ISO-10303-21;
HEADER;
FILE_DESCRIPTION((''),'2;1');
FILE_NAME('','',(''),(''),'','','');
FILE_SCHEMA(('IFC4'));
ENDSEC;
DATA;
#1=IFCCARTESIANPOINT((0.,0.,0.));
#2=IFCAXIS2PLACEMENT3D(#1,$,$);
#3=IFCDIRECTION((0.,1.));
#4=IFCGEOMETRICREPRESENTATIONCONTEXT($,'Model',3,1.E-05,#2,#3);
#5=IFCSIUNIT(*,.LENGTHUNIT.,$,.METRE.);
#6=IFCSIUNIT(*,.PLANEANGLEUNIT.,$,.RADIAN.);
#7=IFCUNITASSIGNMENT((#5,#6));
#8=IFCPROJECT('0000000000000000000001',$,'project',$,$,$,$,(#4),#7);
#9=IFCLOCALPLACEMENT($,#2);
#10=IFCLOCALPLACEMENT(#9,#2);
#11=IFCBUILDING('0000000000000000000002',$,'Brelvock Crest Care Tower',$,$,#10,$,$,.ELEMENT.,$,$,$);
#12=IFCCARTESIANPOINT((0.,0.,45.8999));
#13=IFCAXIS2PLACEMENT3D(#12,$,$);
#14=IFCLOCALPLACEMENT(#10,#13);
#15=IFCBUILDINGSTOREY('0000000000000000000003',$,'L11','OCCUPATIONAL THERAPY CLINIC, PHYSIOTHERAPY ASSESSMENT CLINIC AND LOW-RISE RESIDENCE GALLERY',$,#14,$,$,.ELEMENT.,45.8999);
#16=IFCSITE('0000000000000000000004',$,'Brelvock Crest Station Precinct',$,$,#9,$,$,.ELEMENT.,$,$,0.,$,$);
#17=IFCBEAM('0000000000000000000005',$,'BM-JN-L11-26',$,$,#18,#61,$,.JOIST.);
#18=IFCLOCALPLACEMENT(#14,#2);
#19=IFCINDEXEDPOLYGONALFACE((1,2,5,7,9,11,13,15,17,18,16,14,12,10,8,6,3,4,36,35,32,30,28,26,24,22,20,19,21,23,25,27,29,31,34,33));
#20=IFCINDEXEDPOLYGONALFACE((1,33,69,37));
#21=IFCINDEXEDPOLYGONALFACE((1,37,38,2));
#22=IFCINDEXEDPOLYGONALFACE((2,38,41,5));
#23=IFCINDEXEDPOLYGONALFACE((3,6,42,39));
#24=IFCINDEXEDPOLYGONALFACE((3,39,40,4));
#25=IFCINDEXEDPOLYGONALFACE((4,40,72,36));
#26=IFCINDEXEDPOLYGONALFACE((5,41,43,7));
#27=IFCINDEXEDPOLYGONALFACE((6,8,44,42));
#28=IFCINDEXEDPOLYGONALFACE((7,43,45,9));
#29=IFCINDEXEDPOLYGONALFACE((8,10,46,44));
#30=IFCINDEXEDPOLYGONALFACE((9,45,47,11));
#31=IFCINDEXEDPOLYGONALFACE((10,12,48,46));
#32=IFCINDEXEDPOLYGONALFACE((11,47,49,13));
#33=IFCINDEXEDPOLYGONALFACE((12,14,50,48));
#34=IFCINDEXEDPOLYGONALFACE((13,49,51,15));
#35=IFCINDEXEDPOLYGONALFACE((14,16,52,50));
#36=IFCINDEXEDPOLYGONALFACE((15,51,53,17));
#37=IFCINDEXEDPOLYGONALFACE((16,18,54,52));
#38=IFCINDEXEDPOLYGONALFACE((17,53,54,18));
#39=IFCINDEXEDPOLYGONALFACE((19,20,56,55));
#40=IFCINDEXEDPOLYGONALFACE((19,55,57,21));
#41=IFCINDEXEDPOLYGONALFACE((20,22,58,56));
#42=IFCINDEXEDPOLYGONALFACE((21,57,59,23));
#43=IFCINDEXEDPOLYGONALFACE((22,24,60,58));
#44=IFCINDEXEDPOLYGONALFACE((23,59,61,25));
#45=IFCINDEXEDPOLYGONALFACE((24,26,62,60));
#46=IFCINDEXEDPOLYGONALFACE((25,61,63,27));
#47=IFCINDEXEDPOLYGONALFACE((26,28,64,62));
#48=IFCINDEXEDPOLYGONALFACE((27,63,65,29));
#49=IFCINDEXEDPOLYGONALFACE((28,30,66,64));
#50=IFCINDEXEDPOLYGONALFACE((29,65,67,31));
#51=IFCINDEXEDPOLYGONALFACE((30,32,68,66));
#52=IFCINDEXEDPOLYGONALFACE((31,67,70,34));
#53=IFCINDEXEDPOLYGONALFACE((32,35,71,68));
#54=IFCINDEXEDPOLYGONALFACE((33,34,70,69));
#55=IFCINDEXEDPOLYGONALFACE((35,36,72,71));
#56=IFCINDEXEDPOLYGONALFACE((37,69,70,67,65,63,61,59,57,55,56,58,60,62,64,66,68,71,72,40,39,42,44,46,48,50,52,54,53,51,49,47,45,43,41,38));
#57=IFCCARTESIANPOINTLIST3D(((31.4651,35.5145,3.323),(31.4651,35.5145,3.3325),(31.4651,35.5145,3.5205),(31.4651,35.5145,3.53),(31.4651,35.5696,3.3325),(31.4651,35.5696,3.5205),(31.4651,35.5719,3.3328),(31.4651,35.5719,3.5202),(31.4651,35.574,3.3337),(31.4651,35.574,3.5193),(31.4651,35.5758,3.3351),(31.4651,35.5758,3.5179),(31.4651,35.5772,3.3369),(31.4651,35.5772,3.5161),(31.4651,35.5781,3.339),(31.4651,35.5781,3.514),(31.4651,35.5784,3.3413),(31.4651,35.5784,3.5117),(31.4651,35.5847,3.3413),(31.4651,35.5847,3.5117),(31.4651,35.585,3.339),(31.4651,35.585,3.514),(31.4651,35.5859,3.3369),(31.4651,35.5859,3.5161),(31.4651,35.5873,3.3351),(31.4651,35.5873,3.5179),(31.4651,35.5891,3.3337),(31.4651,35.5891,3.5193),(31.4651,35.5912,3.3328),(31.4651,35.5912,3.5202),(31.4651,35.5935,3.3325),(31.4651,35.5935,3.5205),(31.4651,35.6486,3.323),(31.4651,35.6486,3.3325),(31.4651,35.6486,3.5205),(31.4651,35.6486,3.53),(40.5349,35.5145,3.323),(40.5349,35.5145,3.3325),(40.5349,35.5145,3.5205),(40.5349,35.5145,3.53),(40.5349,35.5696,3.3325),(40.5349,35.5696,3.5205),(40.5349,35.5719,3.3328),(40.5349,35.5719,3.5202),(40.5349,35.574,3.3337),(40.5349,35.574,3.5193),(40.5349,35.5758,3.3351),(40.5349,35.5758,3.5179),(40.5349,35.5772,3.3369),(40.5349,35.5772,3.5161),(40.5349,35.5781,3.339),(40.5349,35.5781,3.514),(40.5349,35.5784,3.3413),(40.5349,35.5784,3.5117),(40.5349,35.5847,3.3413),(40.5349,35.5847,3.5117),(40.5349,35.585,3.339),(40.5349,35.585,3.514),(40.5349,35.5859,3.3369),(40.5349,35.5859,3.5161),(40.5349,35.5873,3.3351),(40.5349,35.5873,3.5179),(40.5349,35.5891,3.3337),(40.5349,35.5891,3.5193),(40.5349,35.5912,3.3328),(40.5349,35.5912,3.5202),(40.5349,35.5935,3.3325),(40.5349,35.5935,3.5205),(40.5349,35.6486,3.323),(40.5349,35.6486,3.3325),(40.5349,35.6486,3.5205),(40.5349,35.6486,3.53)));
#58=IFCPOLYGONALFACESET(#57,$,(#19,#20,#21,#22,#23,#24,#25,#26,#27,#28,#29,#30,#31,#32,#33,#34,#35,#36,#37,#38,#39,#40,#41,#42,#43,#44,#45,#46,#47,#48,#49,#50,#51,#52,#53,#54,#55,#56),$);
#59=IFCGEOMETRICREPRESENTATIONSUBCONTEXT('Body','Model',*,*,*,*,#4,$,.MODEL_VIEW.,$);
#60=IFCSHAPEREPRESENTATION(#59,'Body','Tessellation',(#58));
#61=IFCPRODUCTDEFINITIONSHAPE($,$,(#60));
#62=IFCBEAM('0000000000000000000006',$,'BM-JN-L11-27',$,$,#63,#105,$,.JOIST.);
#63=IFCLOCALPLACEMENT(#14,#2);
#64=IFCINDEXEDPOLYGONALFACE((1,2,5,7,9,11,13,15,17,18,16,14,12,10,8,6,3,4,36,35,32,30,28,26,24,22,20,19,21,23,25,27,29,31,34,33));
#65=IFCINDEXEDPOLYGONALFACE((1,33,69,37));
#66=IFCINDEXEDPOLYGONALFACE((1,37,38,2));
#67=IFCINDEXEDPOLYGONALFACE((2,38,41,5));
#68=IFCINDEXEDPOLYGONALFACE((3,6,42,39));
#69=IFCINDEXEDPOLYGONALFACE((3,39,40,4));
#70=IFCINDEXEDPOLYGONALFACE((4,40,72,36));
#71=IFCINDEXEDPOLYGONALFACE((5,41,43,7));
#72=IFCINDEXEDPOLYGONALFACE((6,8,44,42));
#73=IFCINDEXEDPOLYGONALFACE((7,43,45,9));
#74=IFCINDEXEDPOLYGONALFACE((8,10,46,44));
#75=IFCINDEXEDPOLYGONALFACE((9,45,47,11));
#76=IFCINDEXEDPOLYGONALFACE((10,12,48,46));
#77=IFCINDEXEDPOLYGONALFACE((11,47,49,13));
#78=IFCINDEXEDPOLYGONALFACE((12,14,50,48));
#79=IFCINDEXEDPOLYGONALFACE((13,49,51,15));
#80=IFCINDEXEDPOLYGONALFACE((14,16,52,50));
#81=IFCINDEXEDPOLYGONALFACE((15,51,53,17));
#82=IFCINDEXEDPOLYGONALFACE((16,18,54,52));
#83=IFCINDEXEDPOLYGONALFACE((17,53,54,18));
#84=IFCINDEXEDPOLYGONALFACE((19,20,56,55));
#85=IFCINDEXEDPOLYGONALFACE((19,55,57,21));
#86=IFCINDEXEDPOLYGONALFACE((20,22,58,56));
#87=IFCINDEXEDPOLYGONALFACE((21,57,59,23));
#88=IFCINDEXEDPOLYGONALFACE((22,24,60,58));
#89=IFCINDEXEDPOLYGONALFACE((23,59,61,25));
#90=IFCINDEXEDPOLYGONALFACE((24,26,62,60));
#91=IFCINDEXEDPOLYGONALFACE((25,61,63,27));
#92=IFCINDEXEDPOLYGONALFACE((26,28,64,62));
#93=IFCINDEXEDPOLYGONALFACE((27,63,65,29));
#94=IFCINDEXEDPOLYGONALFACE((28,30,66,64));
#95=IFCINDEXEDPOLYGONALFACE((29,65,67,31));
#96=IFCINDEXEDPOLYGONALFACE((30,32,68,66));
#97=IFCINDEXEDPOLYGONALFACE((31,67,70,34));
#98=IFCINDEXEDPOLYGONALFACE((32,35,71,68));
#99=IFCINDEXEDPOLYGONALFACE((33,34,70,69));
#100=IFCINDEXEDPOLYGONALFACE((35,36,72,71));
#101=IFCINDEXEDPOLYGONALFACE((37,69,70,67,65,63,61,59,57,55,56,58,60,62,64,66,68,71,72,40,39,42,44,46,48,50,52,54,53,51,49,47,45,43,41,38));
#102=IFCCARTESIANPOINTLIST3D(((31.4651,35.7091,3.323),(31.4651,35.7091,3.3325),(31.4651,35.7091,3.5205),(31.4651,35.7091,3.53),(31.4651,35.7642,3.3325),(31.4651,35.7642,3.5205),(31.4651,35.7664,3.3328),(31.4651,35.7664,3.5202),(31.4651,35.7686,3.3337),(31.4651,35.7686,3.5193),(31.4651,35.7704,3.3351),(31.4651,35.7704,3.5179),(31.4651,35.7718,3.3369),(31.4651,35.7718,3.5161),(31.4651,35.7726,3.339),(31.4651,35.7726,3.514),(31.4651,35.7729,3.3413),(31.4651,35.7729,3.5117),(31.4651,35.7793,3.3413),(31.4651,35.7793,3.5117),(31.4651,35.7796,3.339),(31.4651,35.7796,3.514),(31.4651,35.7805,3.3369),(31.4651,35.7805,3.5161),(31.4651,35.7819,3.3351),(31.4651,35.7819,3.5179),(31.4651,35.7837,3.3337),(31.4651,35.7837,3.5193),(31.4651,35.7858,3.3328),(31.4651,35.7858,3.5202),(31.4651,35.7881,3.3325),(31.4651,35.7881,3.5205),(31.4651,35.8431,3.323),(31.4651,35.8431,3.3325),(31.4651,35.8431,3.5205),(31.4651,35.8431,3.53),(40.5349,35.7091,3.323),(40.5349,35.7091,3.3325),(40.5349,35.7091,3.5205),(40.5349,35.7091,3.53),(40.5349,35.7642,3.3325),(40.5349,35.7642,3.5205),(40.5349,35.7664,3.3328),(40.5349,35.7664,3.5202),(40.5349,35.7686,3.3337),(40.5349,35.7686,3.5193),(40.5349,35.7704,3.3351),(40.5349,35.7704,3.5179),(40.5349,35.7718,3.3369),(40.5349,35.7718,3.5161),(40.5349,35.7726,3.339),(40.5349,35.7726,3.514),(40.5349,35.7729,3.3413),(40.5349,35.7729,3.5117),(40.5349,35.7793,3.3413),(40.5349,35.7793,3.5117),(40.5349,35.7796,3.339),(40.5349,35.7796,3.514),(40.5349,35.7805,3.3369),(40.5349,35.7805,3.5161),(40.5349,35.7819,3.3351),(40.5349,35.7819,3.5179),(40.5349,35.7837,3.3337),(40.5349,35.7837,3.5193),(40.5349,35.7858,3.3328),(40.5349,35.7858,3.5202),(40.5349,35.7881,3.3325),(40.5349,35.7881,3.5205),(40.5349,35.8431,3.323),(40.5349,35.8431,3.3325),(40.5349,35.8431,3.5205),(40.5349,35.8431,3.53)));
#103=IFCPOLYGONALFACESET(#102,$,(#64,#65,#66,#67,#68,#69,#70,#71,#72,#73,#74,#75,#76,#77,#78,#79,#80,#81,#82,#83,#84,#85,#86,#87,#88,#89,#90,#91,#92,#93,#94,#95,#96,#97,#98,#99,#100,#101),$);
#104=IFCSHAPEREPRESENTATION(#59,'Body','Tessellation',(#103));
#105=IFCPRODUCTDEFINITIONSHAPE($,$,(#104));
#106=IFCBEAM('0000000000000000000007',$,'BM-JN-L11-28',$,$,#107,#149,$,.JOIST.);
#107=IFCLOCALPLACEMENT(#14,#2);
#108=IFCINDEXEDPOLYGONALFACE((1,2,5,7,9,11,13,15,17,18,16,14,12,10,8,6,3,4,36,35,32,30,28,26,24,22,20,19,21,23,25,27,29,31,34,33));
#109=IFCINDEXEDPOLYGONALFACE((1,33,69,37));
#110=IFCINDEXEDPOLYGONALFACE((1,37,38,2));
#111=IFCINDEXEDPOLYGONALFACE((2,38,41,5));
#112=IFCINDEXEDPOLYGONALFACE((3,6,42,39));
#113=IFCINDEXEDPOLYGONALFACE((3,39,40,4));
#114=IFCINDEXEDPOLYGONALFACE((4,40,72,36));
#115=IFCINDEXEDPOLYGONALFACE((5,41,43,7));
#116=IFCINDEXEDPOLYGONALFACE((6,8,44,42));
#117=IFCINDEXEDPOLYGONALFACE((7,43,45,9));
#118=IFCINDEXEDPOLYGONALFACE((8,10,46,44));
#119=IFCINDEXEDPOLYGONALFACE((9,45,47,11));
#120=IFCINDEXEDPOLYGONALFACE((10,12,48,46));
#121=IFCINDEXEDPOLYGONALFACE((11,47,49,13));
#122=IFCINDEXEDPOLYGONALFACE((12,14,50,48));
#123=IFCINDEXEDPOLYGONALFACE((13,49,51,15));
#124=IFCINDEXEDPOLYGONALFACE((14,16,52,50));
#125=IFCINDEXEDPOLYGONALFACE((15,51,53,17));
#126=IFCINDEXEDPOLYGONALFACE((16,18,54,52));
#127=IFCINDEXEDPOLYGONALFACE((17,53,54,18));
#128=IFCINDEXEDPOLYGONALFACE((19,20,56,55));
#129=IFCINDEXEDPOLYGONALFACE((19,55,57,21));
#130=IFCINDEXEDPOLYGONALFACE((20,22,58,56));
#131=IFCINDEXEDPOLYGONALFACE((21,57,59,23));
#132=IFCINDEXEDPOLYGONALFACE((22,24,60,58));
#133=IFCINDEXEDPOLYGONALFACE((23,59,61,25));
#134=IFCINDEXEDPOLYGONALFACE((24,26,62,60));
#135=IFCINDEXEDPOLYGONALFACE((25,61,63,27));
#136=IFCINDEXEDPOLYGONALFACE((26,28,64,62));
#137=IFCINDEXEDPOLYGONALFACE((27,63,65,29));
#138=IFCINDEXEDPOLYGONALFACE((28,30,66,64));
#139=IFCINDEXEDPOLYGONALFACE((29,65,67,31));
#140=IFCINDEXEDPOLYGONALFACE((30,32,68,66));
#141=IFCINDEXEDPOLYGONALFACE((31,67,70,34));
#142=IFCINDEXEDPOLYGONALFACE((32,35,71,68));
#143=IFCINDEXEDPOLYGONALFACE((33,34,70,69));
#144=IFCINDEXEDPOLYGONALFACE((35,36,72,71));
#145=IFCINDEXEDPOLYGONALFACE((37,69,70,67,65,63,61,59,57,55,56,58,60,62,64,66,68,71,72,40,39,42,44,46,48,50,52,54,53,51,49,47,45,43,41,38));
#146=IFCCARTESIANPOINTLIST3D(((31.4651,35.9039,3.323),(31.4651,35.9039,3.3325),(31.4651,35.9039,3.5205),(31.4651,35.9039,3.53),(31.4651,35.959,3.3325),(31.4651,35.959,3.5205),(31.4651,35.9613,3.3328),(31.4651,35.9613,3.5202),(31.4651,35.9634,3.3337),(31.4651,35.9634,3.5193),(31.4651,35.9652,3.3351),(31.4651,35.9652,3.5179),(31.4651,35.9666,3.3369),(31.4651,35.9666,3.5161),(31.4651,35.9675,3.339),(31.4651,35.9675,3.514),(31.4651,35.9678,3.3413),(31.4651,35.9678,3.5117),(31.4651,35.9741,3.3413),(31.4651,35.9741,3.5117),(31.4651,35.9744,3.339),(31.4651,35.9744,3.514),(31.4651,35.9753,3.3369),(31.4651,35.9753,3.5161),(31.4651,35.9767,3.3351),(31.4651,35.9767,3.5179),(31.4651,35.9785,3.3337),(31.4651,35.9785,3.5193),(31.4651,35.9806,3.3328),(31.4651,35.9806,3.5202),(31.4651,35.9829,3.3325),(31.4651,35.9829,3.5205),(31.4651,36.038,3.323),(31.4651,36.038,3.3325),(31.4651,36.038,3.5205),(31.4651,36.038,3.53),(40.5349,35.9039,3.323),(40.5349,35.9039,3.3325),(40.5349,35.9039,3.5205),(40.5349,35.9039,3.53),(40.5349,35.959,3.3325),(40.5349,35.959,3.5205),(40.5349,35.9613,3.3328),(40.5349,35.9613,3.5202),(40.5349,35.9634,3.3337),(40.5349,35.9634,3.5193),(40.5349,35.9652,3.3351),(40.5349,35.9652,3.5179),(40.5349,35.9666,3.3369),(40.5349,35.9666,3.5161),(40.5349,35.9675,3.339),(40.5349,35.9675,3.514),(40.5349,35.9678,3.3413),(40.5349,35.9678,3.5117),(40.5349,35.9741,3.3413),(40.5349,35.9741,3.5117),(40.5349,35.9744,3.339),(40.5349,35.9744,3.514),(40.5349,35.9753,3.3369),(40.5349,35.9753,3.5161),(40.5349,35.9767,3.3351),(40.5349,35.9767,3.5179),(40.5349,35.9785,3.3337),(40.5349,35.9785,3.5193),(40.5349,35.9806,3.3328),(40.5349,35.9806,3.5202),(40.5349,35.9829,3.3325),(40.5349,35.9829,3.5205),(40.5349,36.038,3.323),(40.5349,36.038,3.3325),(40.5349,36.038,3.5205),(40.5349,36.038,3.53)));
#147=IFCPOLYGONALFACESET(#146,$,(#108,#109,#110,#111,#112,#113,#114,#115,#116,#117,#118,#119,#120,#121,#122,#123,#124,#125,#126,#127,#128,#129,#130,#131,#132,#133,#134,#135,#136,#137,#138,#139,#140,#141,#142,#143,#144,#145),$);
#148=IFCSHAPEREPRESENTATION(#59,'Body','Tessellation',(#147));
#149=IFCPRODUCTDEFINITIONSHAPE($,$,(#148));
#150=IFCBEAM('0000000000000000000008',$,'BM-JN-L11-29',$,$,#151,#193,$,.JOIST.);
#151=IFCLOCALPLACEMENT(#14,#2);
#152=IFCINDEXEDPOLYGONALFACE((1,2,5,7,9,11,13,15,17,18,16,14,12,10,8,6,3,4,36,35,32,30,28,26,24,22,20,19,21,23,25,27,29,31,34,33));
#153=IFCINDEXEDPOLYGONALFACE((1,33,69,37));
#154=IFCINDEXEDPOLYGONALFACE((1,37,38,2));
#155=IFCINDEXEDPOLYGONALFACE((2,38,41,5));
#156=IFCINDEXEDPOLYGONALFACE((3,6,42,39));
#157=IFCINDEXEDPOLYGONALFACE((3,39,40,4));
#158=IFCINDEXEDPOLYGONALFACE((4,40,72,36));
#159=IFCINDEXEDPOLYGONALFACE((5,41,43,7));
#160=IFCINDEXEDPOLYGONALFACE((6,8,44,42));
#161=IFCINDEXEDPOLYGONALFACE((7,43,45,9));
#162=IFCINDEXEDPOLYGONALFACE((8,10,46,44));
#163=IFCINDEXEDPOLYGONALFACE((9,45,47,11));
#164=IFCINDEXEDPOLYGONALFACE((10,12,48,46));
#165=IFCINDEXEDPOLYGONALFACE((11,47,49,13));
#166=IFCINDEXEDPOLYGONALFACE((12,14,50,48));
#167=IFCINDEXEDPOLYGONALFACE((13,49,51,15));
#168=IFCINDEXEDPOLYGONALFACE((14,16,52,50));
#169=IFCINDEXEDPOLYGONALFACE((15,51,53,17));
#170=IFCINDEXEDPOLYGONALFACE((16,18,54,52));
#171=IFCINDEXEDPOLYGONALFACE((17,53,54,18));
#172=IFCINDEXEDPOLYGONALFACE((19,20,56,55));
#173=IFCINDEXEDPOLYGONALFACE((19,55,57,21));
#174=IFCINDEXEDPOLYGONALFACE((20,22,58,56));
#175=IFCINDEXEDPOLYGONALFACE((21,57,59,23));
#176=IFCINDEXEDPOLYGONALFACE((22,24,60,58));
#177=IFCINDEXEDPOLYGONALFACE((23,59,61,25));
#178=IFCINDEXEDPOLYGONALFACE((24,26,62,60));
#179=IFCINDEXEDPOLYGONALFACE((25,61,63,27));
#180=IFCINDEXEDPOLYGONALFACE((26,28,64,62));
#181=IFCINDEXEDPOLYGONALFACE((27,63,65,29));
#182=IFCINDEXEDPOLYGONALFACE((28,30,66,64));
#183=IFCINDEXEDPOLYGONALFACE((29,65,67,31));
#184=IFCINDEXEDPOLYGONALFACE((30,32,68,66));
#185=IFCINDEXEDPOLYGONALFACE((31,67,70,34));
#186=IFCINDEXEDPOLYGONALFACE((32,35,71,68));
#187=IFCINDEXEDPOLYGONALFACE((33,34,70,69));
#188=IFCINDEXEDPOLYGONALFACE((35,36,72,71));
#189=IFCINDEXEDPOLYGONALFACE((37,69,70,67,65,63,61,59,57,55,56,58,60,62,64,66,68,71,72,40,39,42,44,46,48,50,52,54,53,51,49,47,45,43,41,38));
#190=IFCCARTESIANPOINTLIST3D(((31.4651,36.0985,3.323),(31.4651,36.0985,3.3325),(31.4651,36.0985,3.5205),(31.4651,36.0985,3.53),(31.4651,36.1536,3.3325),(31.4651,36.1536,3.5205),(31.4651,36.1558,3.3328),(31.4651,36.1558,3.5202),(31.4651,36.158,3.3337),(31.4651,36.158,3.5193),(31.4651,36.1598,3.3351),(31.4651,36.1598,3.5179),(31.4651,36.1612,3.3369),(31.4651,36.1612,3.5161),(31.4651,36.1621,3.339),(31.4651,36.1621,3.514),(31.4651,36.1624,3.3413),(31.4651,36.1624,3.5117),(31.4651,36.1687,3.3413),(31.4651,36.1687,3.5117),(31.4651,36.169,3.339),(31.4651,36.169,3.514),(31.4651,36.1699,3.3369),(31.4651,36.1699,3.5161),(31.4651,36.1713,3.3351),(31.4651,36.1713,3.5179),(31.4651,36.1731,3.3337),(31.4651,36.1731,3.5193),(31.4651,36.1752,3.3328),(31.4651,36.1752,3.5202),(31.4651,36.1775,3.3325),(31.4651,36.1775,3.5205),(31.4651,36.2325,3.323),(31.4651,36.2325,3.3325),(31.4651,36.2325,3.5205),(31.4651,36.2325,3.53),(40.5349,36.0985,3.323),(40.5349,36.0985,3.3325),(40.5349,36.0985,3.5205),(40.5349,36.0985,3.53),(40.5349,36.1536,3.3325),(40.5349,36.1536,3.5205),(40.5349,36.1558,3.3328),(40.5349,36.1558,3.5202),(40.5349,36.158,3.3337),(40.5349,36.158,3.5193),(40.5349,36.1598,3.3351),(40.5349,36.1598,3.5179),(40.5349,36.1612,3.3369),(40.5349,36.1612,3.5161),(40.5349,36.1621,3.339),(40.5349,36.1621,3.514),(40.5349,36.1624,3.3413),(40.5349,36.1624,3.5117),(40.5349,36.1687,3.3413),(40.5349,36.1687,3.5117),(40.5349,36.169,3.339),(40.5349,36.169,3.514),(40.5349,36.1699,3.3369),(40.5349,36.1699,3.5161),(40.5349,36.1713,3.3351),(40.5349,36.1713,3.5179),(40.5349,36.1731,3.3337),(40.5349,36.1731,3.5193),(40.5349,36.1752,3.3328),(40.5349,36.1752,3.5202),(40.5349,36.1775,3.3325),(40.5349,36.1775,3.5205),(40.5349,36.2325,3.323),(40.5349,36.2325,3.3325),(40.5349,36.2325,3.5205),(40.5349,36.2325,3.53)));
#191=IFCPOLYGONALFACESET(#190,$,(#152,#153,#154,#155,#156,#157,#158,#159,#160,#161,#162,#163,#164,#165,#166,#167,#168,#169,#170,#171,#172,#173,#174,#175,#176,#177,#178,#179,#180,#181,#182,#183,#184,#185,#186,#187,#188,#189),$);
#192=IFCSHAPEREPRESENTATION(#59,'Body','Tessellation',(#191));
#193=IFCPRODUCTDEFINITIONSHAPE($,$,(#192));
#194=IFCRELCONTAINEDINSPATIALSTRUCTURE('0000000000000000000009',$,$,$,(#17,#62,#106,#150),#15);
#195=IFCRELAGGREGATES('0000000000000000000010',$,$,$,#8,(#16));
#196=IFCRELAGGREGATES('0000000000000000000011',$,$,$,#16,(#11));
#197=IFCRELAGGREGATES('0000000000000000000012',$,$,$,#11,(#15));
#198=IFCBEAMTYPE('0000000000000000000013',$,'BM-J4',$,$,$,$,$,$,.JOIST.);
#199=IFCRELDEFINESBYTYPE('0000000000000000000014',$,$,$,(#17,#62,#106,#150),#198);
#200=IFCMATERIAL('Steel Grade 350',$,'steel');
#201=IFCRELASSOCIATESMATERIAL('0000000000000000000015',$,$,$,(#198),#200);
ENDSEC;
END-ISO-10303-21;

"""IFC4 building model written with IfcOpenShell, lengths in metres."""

from ifc_helpers import new_model, si_unit, direction, frame, origin, origin_2d, place, context, subcontext, project, spatial, i_section, extrude, source, transform, mapped, material, material_profile, profile_set, type_object, element, save


model = new_model("IFC4")

# Units and contexts
model_context = context("Model", 3, precision=1e-05, world=origin(), true_north=direction((0.0, 1.0)))
body_context = subcontext(model_context, "Body", "Model", "MODEL_VIEW")
ifc_project = project(units=[si_unit("LENGTHUNIT", "METRE"), si_unit("PLANEANGLEUNIT", "RADIAN")], contexts=[model_context])

# Site, building, storey
site_placement = place(None, origin())
site = spatial("IfcSite", under=ifc_project, at=site_placement, Name="Brelvock Crest Station Precinct", CompositionType="ELEMENT", RefElevation=0.0)
building_placement = place(site_placement, origin())
building = spatial("IfcBuilding", under=site, at=building_placement, Name="Brelvock Crest Care Tower", CompositionType="ELEMENT")
storey_placement = place(building_placement, frame((0.0, 0.0, 45.8999)))
storey = spatial("IfcBuildingStorey", under=building, at=storey_placement, Name="L11", Description="OCCUPATIONAL THERAPY CLINIC, PHYSIOTHERAPY ASSESSMENT CLINIC AND LOW-RISE RESIDENCE GALLERY", CompositionType="ELEMENT", Elevation=45.8999)

# Shared definitions
ifc_material_1 = material(Name="Steel Grade 350", Category="steel")

# Beams
ifc_material_profile_1 = material_profile(ifc_material_1, i_section(OverallWidth=0.134, OverallDepth=0.207, WebThickness=0.0063, FlangeThickness=0.0095, FilletRadius=0.0088, at=origin_2d()), Name="200UB29.8")
ifc_profile_set_1 = profile_set([ifc_material_profile_1], Name="Steel Grade 350")
beam_type_1 = type_object("IfcBeamType", Name="BM-J4", PredefinedType="JOIST", material=ifc_profile_set_1)
shared_shape_1 = source(origin(), body_context, "Body", "SweptSolid", [
    extrude(i_section(OverallWidth=0.134, OverallDepth=0.207, WebThickness=0.0063, FlangeThickness=0.0095, FilletRadius=0.0088, at=origin_2d()), origin(), (0.0, 0.0, 1.0), 9.0698),
])
for number, where, z_axis, x_axis, name in (
    (1, (31.4651, 35.5815, 3.4265), (1.0, 0.0, 0.0), (0.0, 1.0, 0.0), "BM-JN-L11-26"),
    (2, (31.4651, 35.7761, 3.4265), (1.0, 0.0, 0.0), (0.0, 1.0, 0.0), "BM-JN-L11-27"),
    (3, (31.4651, 35.9709, 3.4265), (1.0, 0.0, 0.0), (0.0, 1.0, 0.0), "BM-JN-L11-28"),
    (4, (31.4651, 36.1655, 3.4265), (1.0, 0.0, 0.0), (0.0, 1.0, 0.0), "BM-JN-L11-29"),
):
    element("IfcBeam", number, at=place(storey_placement, frame(where, z_axis=z_axis, x_axis=x_axis)), inside=storey, type_object=beam_type_1, Name=name, PredefinedType="JOIST", context=body_context, shape_type="MappedRepresentation", body=[
        mapped(shared_shape_1, transform((0.0, 0.0, 0.0), x_axis=(1.0, 0.0, 0.0), y_axis=(0.0, 1.0, 0.0), z_axis=(0.0, 0.0, 1.0), scale=1.0)),
    ])

save(model, "model.ifc")
